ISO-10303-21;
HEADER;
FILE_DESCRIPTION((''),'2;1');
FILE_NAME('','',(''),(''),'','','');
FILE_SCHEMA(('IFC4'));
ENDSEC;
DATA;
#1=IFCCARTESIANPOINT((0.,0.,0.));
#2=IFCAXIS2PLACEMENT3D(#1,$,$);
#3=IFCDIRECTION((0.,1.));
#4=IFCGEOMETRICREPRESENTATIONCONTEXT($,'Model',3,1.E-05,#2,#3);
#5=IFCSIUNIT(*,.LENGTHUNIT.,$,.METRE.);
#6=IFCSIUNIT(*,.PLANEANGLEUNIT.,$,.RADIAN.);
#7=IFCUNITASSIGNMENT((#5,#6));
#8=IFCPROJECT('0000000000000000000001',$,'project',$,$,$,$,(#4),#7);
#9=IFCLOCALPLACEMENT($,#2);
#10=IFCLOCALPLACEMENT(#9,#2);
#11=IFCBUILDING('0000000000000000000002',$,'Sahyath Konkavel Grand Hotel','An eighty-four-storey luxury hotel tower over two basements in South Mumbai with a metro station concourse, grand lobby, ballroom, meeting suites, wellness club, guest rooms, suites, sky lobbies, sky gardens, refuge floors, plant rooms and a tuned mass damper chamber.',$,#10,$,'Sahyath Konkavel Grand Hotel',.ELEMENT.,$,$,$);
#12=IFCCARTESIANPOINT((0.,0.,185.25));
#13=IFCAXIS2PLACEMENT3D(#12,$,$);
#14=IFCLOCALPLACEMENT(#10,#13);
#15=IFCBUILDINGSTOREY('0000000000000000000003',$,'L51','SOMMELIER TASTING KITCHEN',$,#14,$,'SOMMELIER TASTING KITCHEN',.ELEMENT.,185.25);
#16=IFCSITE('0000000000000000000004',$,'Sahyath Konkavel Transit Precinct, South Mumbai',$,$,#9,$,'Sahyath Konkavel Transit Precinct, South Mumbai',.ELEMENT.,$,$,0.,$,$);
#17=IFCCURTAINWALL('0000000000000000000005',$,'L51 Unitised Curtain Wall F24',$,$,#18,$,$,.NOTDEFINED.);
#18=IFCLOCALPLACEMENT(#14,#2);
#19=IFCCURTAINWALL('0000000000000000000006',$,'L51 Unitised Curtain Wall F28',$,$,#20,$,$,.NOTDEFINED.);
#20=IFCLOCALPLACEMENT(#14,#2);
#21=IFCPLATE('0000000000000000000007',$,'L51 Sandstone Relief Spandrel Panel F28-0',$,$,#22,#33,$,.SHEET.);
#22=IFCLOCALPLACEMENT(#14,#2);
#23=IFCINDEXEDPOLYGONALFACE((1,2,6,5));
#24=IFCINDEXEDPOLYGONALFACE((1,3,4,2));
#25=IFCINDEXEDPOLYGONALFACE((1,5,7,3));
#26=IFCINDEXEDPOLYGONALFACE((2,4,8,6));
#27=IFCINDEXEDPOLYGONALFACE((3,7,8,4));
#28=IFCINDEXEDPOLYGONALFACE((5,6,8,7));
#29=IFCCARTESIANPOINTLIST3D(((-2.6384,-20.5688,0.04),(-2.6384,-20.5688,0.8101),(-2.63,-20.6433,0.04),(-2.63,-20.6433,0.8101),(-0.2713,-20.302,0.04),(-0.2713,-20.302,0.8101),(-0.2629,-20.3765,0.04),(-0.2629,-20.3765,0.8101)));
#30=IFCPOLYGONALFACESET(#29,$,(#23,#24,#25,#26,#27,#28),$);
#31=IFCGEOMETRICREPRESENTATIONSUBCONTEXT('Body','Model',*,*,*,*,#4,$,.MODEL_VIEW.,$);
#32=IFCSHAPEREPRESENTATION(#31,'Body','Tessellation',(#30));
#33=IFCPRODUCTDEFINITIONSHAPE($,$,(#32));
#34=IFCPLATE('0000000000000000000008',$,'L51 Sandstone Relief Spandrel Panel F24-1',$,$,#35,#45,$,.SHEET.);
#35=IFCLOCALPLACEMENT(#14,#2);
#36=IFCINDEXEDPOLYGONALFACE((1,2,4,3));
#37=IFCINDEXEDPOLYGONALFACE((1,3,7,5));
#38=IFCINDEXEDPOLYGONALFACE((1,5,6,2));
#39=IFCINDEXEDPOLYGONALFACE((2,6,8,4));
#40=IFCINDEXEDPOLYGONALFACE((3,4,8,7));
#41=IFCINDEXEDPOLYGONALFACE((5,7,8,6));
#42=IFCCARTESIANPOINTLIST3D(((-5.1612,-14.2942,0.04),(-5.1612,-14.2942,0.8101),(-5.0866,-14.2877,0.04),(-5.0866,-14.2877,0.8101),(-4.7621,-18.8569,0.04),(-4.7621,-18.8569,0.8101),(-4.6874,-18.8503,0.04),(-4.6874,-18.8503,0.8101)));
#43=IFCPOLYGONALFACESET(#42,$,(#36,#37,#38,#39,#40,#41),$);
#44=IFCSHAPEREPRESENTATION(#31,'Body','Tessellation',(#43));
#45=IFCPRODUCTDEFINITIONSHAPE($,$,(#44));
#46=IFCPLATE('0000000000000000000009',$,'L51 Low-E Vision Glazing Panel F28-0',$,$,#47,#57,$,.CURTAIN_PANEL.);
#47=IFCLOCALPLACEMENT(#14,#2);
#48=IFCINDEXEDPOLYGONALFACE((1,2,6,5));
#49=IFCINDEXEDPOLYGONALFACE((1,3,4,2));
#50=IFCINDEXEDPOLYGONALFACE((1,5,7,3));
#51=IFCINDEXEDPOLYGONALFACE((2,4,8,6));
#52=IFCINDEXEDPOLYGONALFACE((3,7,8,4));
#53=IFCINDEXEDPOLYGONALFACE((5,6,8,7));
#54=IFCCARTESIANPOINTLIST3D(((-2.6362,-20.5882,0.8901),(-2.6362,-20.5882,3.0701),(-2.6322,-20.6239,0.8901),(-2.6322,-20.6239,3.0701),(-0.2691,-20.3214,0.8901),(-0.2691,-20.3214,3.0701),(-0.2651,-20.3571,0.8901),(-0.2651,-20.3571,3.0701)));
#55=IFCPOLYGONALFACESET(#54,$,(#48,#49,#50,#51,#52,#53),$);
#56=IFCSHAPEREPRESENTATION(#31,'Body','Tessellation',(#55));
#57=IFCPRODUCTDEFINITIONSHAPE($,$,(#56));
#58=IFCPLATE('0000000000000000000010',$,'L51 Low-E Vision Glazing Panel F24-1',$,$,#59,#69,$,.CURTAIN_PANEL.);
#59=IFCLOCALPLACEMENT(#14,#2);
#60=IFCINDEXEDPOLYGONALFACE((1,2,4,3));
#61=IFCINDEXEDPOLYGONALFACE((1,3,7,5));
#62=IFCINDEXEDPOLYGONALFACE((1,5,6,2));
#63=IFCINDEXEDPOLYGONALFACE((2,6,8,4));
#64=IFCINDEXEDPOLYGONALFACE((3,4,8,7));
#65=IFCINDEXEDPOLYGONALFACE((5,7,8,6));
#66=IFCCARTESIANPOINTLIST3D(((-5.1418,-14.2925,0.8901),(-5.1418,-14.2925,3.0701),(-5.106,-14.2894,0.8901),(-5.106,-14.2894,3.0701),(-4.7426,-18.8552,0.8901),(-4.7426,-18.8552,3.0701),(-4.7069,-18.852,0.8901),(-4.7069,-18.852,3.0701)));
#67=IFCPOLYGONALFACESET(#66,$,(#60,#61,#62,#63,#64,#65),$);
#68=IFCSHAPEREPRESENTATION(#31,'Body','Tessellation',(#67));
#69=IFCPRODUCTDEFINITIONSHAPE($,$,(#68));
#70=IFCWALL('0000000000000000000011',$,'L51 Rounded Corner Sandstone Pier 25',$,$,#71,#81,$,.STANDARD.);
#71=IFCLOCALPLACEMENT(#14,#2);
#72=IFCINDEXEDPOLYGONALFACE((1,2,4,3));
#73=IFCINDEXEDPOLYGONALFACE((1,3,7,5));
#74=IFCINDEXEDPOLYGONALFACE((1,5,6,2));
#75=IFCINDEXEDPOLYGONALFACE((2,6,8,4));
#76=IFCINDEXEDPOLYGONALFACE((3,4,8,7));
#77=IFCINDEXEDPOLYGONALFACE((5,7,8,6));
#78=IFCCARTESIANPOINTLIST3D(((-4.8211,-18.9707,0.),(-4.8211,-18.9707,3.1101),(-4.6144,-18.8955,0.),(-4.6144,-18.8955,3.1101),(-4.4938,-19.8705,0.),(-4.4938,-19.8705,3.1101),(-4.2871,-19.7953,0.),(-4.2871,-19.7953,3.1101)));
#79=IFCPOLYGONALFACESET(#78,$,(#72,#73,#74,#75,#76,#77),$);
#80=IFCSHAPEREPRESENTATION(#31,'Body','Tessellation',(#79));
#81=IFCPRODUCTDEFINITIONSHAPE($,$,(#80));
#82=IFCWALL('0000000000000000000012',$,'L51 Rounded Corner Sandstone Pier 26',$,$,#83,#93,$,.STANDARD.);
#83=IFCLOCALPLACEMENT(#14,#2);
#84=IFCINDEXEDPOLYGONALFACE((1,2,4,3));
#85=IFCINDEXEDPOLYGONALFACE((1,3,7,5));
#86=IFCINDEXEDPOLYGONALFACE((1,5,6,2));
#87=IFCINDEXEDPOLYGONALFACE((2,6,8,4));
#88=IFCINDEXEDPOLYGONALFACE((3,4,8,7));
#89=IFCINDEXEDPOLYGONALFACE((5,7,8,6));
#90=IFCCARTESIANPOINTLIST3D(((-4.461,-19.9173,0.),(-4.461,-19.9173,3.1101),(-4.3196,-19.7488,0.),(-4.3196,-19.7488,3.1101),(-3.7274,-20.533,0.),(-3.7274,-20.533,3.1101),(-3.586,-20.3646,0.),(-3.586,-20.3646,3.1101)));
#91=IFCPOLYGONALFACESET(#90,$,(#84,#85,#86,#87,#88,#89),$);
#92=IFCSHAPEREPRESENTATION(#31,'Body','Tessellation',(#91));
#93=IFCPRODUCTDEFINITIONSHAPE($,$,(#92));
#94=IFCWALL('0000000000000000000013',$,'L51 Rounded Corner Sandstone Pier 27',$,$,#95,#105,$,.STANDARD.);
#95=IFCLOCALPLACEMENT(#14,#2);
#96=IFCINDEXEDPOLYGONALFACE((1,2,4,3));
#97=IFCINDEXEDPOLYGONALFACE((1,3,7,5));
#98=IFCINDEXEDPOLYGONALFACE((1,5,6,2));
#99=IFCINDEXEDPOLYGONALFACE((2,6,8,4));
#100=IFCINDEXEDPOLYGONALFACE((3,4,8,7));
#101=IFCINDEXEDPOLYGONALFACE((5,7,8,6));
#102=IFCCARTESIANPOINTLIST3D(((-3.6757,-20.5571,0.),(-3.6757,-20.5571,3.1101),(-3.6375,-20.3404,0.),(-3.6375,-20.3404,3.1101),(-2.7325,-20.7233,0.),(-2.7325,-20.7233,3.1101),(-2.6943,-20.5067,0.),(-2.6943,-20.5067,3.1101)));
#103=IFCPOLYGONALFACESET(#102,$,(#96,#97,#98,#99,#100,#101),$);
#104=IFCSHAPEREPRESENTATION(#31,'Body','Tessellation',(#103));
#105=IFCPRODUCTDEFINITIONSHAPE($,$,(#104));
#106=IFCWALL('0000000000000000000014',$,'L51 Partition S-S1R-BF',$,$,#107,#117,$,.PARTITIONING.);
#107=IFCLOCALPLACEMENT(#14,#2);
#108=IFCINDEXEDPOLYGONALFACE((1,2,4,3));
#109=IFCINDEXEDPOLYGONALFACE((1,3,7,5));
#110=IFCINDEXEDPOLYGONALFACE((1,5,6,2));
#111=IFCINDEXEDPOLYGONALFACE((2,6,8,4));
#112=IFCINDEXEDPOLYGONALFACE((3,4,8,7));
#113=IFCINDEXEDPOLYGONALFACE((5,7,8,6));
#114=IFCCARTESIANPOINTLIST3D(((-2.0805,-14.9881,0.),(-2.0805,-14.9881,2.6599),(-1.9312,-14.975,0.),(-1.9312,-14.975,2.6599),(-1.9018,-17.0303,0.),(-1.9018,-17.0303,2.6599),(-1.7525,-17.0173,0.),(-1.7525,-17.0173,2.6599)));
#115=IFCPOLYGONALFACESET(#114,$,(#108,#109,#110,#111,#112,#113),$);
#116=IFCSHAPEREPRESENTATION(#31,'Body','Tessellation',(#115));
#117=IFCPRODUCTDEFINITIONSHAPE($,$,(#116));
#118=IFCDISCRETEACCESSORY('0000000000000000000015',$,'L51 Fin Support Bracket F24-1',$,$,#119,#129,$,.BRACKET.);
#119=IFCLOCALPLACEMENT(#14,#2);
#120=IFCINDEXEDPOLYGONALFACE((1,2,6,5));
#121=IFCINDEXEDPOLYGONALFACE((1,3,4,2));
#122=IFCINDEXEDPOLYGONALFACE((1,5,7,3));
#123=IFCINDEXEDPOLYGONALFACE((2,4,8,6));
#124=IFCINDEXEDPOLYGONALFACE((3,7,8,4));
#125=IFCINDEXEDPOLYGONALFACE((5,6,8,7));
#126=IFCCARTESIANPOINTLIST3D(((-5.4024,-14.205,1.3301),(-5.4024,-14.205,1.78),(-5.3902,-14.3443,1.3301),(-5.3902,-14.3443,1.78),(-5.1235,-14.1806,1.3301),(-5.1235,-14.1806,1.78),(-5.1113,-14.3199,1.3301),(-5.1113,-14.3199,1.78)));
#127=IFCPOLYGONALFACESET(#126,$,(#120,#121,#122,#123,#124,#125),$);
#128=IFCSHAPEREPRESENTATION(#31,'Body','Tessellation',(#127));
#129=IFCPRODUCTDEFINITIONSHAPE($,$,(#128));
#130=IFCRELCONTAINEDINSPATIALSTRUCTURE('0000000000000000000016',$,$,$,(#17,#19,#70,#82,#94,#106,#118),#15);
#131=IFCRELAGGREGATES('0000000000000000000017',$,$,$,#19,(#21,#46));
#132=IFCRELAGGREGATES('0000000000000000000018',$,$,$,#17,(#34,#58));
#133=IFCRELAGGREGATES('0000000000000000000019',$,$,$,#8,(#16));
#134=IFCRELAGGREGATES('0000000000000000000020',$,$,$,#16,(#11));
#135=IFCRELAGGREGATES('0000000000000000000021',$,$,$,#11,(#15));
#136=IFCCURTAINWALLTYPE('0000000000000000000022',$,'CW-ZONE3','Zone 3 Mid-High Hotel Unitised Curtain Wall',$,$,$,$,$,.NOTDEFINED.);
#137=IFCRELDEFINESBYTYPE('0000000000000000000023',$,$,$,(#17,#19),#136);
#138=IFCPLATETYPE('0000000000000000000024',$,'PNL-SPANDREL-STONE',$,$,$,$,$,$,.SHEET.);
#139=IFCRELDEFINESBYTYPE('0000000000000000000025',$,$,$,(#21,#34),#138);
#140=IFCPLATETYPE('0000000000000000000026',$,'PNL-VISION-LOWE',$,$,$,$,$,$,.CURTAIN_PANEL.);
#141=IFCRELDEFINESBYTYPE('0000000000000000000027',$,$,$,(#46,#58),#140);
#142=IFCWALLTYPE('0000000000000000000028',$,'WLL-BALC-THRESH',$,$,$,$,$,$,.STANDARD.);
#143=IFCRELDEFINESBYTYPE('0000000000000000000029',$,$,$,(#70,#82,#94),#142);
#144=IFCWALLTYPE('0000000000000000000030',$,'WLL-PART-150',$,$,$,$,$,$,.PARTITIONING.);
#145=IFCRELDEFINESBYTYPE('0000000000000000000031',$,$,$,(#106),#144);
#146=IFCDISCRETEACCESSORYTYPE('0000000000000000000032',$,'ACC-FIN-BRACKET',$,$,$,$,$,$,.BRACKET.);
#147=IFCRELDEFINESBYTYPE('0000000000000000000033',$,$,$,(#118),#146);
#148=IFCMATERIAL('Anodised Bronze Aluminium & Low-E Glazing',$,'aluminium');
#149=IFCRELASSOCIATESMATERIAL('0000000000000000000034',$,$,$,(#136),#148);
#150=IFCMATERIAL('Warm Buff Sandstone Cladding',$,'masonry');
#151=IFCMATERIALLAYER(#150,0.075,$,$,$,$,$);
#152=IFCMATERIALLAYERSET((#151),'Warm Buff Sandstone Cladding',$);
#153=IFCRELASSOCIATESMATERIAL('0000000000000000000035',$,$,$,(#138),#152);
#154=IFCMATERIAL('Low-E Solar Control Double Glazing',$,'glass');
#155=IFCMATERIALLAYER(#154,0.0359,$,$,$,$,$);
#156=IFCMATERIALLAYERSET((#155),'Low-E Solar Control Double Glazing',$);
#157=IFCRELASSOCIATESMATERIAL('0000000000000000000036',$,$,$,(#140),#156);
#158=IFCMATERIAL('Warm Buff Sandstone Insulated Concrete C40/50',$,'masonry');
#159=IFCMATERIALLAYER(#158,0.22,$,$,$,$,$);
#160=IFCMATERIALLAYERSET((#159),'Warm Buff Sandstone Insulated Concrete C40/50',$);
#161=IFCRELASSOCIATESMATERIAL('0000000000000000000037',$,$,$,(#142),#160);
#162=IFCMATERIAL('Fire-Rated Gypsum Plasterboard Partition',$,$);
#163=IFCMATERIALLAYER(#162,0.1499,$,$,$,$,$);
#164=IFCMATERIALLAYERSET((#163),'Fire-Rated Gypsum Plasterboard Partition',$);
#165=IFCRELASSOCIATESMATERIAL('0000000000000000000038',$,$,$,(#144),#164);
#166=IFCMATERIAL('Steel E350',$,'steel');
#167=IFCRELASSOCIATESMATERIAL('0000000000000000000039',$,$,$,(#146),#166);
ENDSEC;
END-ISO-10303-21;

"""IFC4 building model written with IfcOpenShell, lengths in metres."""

from ifc_helpers import new_model, si_unit, direction, frame, frame_2d, origin, origin_2d, place, context, subcontext, project, spatial, rectangle, extrude, source, transform, mapped, material, layer, layer_set, type_object, element, aggregate, save


model = new_model("IFC4")

# Units and contexts
model_context = context("Model", 3, precision=1e-05, world=origin(), true_north=direction((0.0, 1.0)))
body_context = subcontext(model_context, "Body", "Model", "MODEL_VIEW")
ifc_project = project(units=[si_unit("LENGTHUNIT", "METRE"), si_unit("PLANEANGLEUNIT", "RADIAN")], contexts=[model_context])

# Site, building, storey
site_placement = place(None, origin())
site = spatial("IfcSite", under=ifc_project, at=site_placement, Name="Sahyath Konkavel Transit Precinct, South Mumbai", LongName="Sahyath Konkavel Transit Precinct, South Mumbai", CompositionType="ELEMENT", RefElevation=0.0)
building_placement = place(site_placement, origin())
building = spatial("IfcBuilding", under=site, at=building_placement, Name="Sahyath Konkavel Grand Hotel", Description="An eighty-four-storey luxury hotel tower over two basements in South Mumbai with a metro station concourse, grand lobby, ballroom, meeting suites, wellness club, guest rooms, suites, sky lobbies, sky gardens, refuge floors, plant rooms and a tuned mass damper chamber.", LongName="Sahyath Konkavel Grand Hotel", CompositionType="ELEMENT")
storey_placement = place(building_placement, frame((0.0, 0.0, 185.25)))
storey = spatial("IfcBuildingStorey", under=building, at=storey_placement, Name="L51", Description="SOMMELIER TASTING KITCHEN", LongName="SOMMELIER TASTING KITCHEN", CompositionType="ELEMENT", Elevation=185.25)

# Shared definitions
ifc_material_1 = material(Name="Steel E350", Category="steel")

# Curtain walls
ifc_material_2 = material(Name="Anodised Bronze Aluminium & Low-E Glazing", Category="aluminium")
curtain_wall_type = type_object("IfcCurtainWallType", Name="CW-ZONE3", Description="Zone 3 Mid-High Hotel Unitised Curtain Wall", PredefinedType="NOTDEFINED", material=ifc_material_2)
curtain_wall_1_placement = place(storey_placement, origin())
curtain_wall_1 = element("IfcCurtainWall", 1, at=curtain_wall_1_placement, inside=storey, type_object=curtain_wall_type, Name="L51 Unitised Curtain Wall F24", PredefinedType="NOTDEFINED")
curtain_wall_2_placement = place(storey_placement, origin())
curtain_wall_2 = element("IfcCurtainWall", 2, at=curtain_wall_2_placement, inside=storey, type_object=curtain_wall_type, Name="L51 Unitised Curtain Wall F28", PredefinedType="NOTDEFINED")

# Plates
ifc_material_3 = material(Name="Warm Buff Sandstone Cladding", Category="masonry")
ifc_layer_1 = layer(ifc_material_3, 0.075)
ifc_layer_set_1 = layer_set([ifc_layer_1], Name="Warm Buff Sandstone Cladding")
plate_type_1 = type_object("IfcPlateType", Name="PNL-SPANDREL-STONE", PredefinedType="SHEET", material=ifc_layer_set_1)
shared_shape_1 = source(origin(), body_context, "Body", "SweptSolid", [
    extrude(rectangle(XDim=2.3821, YDim=0.075, at=origin_2d()), origin(), (0.0, 0.0, 1.0), 0.77),
])
plate_1_placement = place(storey_placement, frame((-1.4507, -20.4727, 0.04), z_axis=(0.0, 0.0, 1.0), x_axis=(0.993707, 0.112007, 0.0)))
plate_1 = element("IfcPlate", 3, at=plate_1_placement, type_object=plate_type_1, Name="L51 Sandstone Relief Spandrel Panel F28-0", PredefinedType="SHEET", context=body_context, shape_type="MappedRepresentation", body=[
    mapped(shared_shape_1, transform((0.0, 0.0, 0.0), scale=1.0)),
])
shared_shape_2 = source(origin(), body_context, "Body", "SweptSolid", [
    extrude(rectangle(XDim=4.5801, YDim=0.075, at=origin_2d()), origin(), (0.0, 0.0, 1.0), 0.77),
])
plate_2_placement = place(storey_placement, frame((-4.9243, -16.5723, 0.04), z_axis=(0.0, 0.0, 1.0), x_axis=(0.087156, -0.996195, 0.0)))
plate_2 = element("IfcPlate", 4, at=plate_2_placement, type_object=plate_type_1, Name="L51 Sandstone Relief Spandrel Panel F24-1", PredefinedType="SHEET", context=body_context, shape_type="MappedRepresentation", body=[
    mapped(shared_shape_2, transform((0.0, 0.0, 0.0), scale=1.0)),
])
ifc_material_4 = material(Name="Low-E Solar Control Double Glazing", Category="glass")
ifc_layer_2 = layer(ifc_material_4, 0.0359)
ifc_layer_set_2 = layer_set([ifc_layer_2], Name="Low-E Solar Control Double Glazing")
plate_type_2 = type_object("IfcPlateType", Name="PNL-VISION-LOWE", PredefinedType="CURTAIN_PANEL", material=ifc_layer_set_2)
shared_shape_3 = source(origin(), body_context, "Body", "SweptSolid", [
    extrude(rectangle(XDim=2.3821, YDim=0.0359, at=origin_2d()), origin(), (0.0, 0.0, 1.0), 2.1799),
])
plate_3_placement = place(storey_placement, frame((-1.4507, -20.4727, 0.8901), z_axis=(0.0, 0.0, 1.0), x_axis=(0.993707, 0.112007, 0.0)))
plate_3 = element("IfcPlate", 5, at=plate_3_placement, type_object=plate_type_2, Name="L51 Low-E Vision Glazing Panel F28-0", PredefinedType="CURTAIN_PANEL", context=body_context, shape_type="MappedRepresentation", body=[
    mapped(shared_shape_3, transform((0.0, 0.0, 0.0), scale=1.0)),
])
aggregate(curtain_wall_2, [plate_1, plate_3])
shared_shape_4 = source(origin(), body_context, "Body", "SweptSolid", [
    extrude(rectangle(XDim=4.5801, YDim=0.0359, at=origin_2d()), origin(), (0.0, 0.0, 1.0), 2.1799),
])
plate_4_placement = place(storey_placement, frame((-4.9243, -16.5723, 0.8901), z_axis=(0.0, 0.0, 1.0), x_axis=(0.087156, -0.996195, 0.0)))
plate_4 = element("IfcPlate", 6, at=plate_4_placement, type_object=plate_type_2, Name="L51 Low-E Vision Glazing Panel F24-1", PredefinedType="CURTAIN_PANEL", context=body_context, shape_type="MappedRepresentation", body=[
    mapped(shared_shape_4, transform((0.0, 0.0, 0.0), scale=1.0)),
])
aggregate(curtain_wall_1, [plate_2, plate_4])

# Walls
ifc_material_5 = material(Name="Warm Buff Sandstone Insulated Concrete C40/50", Category="masonry")
ifc_layer_3 = layer(ifc_material_5, 0.22)
ifc_layer_set_3 = layer_set([ifc_layer_3], Name="Warm Buff Sandstone Insulated Concrete C40/50")
wall_type_1 = type_object("IfcWallType", Name="WLL-BALC-THRESH", PredefinedType="STANDARD", material=ifc_layer_set_3)
wall_1_placement = place(storey_placement, frame((-4.7178, -18.9331, 0.0), z_axis=(0.0, 0.0, 1.0), x_axis=(0.341886, -0.939741, 0.0)))
element("IfcWall", 7, at=wall_1_placement, inside=storey, type_object=wall_type_1, Name="L51 Rounded Corner Sandstone Pier 25", PredefinedType="STANDARD", context=body_context, shape_type="SweptSolid", body=[
    extrude(rectangle(XDim=0.9575, YDim=0.22, at=frame_2d((0.4788, 0.0))), origin(), (0.0, 0.0, 1.0), 3.1101),
])
for number, where, z_axis, x_axis, name in (
    (8, (-4.3904, -19.833, 0.0), (0.0, 0.0, 1.0), (0.765981, -0.642863, 0.0), "L51 Rounded Corner Sandstone Pier 26"),
    (9, (-3.6567, -20.4487, 0.0), (0.0, 0.0, 1.0), (0.984814, -0.173611, 0.0), "L51 Rounded Corner Sandstone Pier 27"),
):
    element("IfcWall", number, at=place(storey_placement, frame(where, z_axis=z_axis, x_axis=x_axis)), inside=storey, type_object=wall_type_1, Name=name, PredefinedType="STANDARD", context=body_context, shape_type="SweptSolid", body=[
        extrude(rectangle(XDim=0.9578, YDim=0.22, at=frame_2d((0.479, 0.0))), origin(), (0.0, 0.0, 1.0), 3.1101),
    ])
ifc_material_6 = material(Name="Fire-Rated Gypsum Plasterboard Partition")
ifc_layer_4 = layer(ifc_material_6, 0.1499)
ifc_layer_set_4 = layer_set([ifc_layer_4], Name="Fire-Rated Gypsum Plasterboard Partition")
wall_type_2 = type_object("IfcWallType", Name="WLL-PART-150", PredefinedType="PARTITIONING", material=ifc_layer_set_4)
wall_2_placement = place(storey_placement, frame((-2.0059, -14.9817, 0.0), z_axis=(0.0, 0.0, 1.0), x_axis=(0.087174, -0.996193, 0.0)))
element("IfcWall", 10, at=wall_2_placement, inside=storey, type_object=wall_type_2, Name="L51 Partition S-S1R-BF", PredefinedType="PARTITIONING", context=body_context, shape_type="SweptSolid", body=[
    extrude(rectangle(XDim=2.05, YDim=0.1499, at=frame_2d((1.0249, 0.0))), origin(), (0.0, 0.0, 1.0), 2.6599),
])

# Discrete accessory
discrete_accessory_type = type_object("IfcDiscreteAccessoryType", Name="ACC-FIN-BRACKET", PredefinedType="BRACKET", material=ifc_material_1)
shared_shape_5 = source(origin(), body_context, "Body", "SweptSolid", [
    extrude(rectangle(XDim=0.28, YDim=0.1399, at=origin_2d()), origin(), (0.0, 0.0, 1.0), 0.45),
])
discrete_accessory_placement = place(storey_placement, frame((-5.2568, -14.2625, 1.3301), z_axis=(0.0, 0.0, 1.0), x_axis=(-0.996195, -0.087156, 0.0)))
element("IfcDiscreteAccessory", 11, at=discrete_accessory_placement, inside=storey, type_object=discrete_accessory_type, Name="L51 Fin Support Bracket F24-1", PredefinedType="BRACKET", context=body_context, shape_type="MappedRepresentation", body=[
    mapped(shared_shape_5, transform((0.0, 0.0, 0.0), scale=1.0)),
])

save(model, "model.ifc")
